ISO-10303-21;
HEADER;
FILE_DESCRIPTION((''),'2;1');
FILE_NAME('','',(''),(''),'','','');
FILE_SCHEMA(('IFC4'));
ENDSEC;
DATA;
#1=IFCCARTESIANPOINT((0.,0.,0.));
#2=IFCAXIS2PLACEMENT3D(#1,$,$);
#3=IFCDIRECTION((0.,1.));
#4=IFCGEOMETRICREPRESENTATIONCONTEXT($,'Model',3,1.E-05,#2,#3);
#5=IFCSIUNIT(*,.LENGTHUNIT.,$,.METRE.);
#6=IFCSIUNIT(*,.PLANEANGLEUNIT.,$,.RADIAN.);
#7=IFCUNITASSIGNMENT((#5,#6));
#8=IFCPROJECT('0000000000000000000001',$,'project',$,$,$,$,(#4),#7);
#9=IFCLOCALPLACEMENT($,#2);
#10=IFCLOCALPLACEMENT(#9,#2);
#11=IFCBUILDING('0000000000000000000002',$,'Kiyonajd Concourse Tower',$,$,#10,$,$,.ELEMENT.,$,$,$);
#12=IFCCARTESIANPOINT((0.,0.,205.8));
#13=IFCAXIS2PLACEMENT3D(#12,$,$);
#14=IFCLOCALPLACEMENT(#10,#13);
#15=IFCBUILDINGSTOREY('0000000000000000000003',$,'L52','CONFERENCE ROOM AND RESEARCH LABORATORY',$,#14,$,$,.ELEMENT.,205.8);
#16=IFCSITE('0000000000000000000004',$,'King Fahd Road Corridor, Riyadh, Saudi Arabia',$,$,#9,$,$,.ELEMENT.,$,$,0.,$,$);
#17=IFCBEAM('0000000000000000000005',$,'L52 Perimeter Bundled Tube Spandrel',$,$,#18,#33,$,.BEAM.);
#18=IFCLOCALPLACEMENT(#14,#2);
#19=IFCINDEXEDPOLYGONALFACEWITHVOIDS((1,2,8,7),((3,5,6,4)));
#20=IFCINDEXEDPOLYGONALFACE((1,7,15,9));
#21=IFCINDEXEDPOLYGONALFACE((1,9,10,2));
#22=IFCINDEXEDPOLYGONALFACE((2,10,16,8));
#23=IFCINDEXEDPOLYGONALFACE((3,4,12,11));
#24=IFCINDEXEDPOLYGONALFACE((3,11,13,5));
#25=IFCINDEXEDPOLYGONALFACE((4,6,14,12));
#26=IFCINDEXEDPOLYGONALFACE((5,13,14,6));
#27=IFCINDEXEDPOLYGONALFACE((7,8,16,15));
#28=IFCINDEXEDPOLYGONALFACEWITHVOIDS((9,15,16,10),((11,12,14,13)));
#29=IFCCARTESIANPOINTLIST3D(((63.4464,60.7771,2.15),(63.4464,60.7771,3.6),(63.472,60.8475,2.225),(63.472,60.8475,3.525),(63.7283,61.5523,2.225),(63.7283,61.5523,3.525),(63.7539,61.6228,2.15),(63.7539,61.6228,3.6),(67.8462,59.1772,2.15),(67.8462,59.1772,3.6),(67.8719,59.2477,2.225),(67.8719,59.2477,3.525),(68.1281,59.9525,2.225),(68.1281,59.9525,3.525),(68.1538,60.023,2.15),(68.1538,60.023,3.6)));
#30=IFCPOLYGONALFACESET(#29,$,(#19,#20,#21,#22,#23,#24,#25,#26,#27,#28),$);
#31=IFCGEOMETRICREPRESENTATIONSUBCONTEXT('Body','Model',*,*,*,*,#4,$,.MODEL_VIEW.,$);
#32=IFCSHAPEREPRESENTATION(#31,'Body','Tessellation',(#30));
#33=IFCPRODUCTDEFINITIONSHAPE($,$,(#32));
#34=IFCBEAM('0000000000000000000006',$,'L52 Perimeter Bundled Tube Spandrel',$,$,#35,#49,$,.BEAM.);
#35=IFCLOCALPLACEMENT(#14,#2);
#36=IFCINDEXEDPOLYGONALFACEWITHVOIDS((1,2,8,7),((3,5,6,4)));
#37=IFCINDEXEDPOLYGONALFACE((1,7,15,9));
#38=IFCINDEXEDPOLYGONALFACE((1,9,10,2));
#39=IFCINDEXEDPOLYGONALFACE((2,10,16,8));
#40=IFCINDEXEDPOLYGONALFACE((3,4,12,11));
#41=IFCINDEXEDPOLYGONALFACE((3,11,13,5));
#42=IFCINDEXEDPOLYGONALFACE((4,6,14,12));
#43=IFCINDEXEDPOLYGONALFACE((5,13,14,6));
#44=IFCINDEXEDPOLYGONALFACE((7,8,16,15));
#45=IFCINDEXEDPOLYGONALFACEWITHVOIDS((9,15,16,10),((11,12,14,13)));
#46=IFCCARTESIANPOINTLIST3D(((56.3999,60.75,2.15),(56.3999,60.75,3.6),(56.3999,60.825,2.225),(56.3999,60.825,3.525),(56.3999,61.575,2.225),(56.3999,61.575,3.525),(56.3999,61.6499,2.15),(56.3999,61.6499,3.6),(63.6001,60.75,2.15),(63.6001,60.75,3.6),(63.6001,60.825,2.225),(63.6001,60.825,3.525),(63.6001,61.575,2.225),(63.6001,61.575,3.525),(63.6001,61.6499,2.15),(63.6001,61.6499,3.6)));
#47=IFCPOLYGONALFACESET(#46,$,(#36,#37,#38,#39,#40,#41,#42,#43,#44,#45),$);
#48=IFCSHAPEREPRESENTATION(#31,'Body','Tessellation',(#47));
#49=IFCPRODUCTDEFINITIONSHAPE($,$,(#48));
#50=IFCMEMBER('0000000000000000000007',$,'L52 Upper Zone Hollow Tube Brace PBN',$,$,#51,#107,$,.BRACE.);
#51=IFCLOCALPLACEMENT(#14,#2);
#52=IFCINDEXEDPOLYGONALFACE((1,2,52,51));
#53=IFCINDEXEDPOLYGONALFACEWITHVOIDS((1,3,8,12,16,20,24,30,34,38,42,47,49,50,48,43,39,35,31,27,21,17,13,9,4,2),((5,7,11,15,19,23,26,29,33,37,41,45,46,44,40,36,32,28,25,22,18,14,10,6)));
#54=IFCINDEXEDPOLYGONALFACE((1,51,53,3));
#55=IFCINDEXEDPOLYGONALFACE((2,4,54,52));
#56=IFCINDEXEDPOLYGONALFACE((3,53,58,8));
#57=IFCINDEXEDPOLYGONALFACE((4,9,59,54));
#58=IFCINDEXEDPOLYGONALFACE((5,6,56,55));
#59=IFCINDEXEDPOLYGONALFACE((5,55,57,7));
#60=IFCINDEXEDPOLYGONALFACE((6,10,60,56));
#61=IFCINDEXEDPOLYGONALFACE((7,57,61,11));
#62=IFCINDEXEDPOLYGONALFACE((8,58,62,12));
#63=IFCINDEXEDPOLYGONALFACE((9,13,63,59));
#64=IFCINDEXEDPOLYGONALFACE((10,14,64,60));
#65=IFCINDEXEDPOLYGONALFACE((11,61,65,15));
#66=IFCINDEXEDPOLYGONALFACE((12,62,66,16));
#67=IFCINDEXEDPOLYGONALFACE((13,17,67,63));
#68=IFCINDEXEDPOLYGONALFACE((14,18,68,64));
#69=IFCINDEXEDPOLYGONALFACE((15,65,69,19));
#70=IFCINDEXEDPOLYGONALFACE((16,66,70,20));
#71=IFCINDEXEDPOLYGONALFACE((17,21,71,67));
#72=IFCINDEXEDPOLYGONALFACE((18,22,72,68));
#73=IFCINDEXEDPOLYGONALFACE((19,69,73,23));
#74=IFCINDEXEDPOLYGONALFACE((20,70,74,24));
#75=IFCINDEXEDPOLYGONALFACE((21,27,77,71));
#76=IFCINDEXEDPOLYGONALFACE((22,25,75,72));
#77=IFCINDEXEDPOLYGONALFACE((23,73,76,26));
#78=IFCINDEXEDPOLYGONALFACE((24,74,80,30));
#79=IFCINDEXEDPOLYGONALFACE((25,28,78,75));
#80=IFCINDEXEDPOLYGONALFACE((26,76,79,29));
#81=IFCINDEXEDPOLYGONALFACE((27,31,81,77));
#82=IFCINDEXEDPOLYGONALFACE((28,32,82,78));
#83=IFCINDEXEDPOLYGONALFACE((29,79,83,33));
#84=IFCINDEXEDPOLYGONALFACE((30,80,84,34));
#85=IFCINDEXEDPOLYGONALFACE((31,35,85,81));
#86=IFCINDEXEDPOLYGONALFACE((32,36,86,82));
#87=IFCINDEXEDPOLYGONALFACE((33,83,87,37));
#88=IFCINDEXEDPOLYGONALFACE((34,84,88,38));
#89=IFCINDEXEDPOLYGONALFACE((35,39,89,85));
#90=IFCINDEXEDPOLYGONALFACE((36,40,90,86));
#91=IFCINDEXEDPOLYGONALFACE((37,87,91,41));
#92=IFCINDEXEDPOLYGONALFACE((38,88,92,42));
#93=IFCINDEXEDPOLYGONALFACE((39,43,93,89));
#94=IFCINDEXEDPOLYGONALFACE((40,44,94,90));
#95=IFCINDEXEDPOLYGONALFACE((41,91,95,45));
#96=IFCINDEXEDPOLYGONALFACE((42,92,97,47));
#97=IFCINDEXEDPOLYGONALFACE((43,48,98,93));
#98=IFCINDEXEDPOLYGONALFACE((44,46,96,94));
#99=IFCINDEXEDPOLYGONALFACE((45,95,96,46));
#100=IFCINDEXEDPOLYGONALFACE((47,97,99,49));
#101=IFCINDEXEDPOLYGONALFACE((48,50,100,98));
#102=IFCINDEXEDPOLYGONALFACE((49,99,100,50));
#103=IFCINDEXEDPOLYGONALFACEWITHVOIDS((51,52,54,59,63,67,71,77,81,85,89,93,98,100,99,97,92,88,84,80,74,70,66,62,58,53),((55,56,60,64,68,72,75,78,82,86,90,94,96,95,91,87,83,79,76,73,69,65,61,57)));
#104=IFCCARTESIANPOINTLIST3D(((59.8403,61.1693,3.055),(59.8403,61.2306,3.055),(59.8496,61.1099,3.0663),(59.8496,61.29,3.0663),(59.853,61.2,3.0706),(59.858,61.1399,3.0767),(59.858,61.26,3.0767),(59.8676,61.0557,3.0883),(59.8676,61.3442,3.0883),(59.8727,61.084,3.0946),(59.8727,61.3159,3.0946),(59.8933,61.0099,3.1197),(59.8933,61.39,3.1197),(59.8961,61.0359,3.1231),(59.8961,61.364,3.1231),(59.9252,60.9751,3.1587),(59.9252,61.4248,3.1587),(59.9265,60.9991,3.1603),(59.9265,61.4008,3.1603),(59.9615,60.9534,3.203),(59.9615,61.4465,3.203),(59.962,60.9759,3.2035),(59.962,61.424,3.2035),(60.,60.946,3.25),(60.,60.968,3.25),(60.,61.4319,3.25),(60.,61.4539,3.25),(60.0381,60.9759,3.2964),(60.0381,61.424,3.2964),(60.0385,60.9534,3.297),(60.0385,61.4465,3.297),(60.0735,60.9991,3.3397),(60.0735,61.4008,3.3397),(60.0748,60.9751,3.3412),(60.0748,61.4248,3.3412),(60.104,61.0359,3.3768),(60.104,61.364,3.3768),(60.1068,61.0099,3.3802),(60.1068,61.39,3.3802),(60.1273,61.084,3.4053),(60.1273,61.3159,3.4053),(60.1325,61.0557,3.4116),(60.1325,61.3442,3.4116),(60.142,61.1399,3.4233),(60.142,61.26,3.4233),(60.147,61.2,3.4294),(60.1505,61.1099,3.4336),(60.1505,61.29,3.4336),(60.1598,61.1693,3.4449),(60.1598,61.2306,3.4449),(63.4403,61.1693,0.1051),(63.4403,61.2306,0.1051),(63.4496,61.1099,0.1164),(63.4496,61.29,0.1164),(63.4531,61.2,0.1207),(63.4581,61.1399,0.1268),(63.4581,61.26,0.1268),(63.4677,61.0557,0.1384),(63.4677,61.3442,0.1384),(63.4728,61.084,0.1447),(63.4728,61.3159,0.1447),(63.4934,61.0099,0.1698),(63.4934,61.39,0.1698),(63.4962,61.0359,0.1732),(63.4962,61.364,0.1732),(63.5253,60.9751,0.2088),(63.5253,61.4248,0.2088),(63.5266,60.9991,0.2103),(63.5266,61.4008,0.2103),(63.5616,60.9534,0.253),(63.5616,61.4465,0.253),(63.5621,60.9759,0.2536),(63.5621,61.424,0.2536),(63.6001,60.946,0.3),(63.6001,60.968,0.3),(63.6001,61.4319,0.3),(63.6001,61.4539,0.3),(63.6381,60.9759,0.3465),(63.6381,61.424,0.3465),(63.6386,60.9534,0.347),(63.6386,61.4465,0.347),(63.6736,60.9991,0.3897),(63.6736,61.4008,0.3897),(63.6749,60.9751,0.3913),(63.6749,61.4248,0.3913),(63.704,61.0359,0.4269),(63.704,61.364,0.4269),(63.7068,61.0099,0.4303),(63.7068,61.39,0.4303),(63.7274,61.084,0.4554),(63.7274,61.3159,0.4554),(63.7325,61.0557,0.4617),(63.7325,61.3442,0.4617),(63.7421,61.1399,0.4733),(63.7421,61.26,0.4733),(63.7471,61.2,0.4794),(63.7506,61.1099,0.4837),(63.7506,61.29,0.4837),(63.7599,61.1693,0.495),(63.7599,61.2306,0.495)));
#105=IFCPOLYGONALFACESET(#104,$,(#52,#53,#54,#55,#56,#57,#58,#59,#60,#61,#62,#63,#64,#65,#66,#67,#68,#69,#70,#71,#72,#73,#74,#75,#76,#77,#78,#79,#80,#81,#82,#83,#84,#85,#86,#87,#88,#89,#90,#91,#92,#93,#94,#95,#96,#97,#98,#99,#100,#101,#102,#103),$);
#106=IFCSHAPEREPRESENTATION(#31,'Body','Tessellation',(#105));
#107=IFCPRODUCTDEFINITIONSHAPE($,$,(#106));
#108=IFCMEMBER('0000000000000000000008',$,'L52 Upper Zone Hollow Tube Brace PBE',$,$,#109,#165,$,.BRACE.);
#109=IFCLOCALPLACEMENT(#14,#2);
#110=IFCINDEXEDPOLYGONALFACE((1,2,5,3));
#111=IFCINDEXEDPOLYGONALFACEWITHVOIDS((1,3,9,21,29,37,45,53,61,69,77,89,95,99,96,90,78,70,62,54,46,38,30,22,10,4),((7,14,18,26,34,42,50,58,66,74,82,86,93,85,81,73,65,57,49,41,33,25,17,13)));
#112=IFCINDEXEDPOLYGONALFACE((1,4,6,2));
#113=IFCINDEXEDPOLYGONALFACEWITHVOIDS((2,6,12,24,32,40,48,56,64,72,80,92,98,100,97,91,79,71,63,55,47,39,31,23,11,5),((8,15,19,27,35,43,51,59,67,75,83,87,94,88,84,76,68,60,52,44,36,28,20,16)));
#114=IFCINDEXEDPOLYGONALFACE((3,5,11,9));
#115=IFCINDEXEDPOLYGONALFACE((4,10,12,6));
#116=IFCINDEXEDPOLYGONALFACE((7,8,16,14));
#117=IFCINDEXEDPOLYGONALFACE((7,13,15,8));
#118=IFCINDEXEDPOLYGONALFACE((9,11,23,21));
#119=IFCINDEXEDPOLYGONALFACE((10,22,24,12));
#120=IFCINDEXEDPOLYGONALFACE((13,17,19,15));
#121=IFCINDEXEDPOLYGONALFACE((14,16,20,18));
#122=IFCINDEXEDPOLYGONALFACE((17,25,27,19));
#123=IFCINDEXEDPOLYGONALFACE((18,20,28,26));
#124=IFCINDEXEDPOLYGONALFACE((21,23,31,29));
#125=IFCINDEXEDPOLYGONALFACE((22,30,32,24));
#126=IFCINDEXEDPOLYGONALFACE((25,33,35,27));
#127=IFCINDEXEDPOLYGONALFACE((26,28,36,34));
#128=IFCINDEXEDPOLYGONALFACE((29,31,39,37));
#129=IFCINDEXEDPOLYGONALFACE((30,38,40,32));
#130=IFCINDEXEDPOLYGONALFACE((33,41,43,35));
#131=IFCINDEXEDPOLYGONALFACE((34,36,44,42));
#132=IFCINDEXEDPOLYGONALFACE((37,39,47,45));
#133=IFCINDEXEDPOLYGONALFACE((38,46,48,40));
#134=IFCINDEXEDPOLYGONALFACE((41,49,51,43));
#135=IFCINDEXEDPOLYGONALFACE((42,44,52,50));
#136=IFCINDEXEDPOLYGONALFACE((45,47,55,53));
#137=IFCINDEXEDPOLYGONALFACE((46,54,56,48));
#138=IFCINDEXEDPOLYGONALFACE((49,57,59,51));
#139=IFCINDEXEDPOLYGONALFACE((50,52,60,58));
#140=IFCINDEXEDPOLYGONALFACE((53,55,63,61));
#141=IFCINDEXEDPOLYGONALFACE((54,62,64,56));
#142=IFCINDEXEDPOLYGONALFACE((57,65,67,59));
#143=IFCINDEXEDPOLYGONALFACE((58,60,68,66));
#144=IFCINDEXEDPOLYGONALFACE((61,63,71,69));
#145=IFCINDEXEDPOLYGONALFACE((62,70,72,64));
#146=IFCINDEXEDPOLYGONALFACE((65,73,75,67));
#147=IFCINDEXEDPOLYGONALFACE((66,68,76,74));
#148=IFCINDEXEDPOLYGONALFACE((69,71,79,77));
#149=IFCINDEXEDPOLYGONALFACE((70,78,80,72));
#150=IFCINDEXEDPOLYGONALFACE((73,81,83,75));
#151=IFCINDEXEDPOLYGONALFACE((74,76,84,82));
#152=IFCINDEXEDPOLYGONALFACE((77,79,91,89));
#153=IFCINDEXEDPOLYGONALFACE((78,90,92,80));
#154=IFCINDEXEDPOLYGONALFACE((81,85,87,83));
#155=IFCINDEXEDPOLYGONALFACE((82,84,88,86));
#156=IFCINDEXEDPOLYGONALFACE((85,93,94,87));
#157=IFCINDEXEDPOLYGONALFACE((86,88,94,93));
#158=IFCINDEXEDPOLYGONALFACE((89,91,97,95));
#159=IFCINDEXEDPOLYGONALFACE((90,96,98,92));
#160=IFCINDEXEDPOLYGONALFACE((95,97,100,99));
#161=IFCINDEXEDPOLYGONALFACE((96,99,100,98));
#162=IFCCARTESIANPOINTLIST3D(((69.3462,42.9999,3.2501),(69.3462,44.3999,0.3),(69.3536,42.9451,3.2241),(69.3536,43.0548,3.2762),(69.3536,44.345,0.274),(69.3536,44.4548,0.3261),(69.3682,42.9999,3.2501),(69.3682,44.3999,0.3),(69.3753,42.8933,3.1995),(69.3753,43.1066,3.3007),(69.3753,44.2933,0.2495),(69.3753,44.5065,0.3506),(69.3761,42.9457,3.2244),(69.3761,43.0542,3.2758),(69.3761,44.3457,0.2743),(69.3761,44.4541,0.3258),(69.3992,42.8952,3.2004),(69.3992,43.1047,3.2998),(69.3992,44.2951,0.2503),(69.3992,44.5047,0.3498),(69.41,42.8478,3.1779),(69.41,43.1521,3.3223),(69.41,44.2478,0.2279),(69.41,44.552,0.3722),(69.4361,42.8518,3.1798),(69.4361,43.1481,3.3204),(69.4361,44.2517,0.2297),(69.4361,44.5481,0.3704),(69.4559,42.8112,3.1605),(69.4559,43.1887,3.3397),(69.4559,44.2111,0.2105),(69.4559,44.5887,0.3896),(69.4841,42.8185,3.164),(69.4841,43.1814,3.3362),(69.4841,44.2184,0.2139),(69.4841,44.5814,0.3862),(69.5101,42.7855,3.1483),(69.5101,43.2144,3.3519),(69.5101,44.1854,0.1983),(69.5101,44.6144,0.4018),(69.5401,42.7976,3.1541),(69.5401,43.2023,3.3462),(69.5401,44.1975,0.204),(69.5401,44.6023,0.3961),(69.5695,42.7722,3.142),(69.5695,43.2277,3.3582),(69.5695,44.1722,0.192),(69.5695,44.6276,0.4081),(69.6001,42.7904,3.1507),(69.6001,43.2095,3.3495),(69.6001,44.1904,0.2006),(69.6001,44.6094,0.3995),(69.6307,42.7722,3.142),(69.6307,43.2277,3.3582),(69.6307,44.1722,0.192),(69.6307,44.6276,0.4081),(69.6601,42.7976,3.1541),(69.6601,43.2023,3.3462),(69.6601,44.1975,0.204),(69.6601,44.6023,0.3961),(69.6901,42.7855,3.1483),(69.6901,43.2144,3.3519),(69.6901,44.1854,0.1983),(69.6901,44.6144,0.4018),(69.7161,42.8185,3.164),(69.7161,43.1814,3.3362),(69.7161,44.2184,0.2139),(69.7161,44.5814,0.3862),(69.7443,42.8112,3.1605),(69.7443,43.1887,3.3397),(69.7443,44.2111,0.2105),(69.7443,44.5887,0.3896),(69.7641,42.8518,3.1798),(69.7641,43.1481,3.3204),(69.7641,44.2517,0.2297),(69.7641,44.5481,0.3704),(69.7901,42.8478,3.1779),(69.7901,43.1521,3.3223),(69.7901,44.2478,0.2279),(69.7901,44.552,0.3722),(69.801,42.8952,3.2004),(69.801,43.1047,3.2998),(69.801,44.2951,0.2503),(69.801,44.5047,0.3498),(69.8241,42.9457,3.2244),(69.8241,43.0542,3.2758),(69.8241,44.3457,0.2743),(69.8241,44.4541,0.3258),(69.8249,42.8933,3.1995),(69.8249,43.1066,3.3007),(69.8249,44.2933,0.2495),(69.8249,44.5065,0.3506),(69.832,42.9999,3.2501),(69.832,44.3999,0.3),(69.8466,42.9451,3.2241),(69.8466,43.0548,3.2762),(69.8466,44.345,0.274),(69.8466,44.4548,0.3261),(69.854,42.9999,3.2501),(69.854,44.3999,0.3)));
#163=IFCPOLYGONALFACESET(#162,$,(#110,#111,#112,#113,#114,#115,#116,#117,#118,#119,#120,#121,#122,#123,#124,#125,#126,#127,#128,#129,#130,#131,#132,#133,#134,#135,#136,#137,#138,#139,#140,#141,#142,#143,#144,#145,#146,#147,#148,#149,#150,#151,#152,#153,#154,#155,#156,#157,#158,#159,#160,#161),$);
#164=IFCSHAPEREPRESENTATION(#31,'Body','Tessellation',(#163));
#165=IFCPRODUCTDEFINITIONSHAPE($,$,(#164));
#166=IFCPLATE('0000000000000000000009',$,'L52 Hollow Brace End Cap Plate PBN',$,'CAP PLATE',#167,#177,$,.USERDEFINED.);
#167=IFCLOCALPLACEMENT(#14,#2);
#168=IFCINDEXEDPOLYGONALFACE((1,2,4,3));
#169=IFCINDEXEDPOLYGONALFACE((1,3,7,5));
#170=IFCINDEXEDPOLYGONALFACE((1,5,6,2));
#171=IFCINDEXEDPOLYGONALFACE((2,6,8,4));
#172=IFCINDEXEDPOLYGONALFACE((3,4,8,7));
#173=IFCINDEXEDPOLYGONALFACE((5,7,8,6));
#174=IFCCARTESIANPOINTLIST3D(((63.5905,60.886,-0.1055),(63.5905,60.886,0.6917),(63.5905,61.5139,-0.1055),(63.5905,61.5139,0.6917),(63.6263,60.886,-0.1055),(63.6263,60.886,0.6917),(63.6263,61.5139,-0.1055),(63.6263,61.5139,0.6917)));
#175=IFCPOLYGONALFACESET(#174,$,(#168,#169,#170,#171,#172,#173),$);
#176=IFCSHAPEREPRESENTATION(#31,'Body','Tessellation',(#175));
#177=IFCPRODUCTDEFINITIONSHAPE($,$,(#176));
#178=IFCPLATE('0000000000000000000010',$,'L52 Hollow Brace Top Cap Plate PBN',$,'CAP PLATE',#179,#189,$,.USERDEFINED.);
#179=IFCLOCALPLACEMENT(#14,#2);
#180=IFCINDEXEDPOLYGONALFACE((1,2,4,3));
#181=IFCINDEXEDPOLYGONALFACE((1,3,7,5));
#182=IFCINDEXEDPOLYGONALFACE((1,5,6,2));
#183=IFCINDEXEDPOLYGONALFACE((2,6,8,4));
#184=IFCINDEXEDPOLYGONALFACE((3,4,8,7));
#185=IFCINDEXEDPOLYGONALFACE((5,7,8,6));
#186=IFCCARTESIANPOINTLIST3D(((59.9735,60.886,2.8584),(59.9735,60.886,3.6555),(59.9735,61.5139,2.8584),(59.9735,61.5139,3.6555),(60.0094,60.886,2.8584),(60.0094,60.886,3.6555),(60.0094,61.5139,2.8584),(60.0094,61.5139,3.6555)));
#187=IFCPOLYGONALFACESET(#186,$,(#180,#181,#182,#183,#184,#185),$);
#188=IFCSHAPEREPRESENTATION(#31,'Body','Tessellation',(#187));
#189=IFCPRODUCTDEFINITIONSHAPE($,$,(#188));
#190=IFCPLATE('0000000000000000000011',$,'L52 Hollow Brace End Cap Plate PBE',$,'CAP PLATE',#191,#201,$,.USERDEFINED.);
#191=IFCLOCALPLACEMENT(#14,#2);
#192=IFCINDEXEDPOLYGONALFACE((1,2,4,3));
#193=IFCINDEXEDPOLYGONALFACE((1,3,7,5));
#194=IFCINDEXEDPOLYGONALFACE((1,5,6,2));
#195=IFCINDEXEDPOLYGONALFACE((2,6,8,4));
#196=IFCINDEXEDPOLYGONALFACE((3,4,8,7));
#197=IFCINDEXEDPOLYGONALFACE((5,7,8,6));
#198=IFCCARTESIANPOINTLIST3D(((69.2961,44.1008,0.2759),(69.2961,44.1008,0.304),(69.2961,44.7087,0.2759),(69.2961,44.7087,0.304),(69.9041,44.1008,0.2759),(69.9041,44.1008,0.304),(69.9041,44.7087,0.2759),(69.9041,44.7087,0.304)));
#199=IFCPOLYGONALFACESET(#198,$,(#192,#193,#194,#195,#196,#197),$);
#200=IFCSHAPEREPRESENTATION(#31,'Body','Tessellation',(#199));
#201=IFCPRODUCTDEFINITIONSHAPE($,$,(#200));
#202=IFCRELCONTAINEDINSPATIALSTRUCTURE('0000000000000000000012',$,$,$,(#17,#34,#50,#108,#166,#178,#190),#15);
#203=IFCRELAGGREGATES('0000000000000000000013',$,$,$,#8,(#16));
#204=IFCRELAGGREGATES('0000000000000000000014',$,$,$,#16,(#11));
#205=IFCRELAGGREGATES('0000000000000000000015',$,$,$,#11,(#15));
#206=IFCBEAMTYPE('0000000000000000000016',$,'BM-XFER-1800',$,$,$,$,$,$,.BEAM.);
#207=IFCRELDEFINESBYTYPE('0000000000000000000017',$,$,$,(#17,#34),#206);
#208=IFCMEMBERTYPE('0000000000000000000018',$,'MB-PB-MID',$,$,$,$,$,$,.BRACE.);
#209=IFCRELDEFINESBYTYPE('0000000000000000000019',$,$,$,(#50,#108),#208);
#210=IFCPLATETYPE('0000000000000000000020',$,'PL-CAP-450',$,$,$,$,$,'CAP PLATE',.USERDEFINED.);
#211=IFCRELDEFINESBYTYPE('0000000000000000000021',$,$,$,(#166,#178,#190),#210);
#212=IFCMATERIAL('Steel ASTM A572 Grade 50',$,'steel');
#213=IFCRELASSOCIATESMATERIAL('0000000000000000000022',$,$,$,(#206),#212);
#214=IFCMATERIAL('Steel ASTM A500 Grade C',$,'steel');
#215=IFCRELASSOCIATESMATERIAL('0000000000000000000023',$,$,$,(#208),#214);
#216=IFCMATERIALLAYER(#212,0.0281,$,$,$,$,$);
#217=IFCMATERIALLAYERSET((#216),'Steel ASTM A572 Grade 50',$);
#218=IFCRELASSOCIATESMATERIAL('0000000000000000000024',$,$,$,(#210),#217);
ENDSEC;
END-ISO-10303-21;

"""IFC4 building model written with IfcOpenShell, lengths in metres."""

from ifc_helpers import new_model, si_unit, direction, frame, origin, origin_2d, place, context, subcontext, project, spatial, rectangle, hollow_rectangle, hollow_circle, extrude, material, layer, layer_set, material_profile, profile_set, type_object, element, save


model = new_model("IFC4")

# Units and contexts
model_context = context("Model", 3, precision=1e-05, world=origin(), true_north=direction((0.0, 1.0)))
body_context = subcontext(model_context, "Body", "Model", "MODEL_VIEW")
ifc_project = project(units=[si_unit("LENGTHUNIT", "METRE"), si_unit("PLANEANGLEUNIT", "RADIAN")], contexts=[model_context])

# Site, building, storey
site_placement = place(None, origin())
site = spatial("IfcSite", under=ifc_project, at=site_placement, Name="King Fahd Road Corridor, Riyadh, Saudi Arabia", CompositionType="ELEMENT", RefElevation=0.0)
building_placement = place(site_placement, origin())
building = spatial("IfcBuilding", under=site, at=building_placement, Name="Kiyonajd Concourse Tower", CompositionType="ELEMENT")
storey_placement = place(building_placement, frame((0.0, 0.0, 205.8)))
storey = spatial("IfcBuildingStorey", under=building, at=storey_placement, Name="L52", Description="CONFERENCE ROOM AND RESEARCH LABORATORY", CompositionType="ELEMENT", Elevation=205.8)

# Beams
ifc_material_1 = material(Name="Steel ASTM A572 Grade 50", Category="steel")
ifc_material_profile_1 = material_profile(ifc_material_1, hollow_rectangle(XDim=0.8999, YDim=1.45, WallThickness=0.075, at=origin_2d()), Name="BOX-1450x900x75")
ifc_profile_set_1 = profile_set([ifc_material_profile_1], Name="Steel ASTM A572 Grade 50")
beam_type_1 = type_object("IfcBeamType", Name="BM-XFER-1800", PredefinedType="BEAM", material=ifc_profile_set_1)
beam_1_placement = place(storey_placement, frame((68.0, 59.6001, 2.875), z_axis=(-0.939801, 0.341722, 0.0), x_axis=(-0.341722, -0.939801, 0.0)))
element("IfcBeam", 1, at=beam_1_placement, inside=storey, type_object=beam_type_1, Name="L52 Perimeter Bundled Tube Spandrel", PredefinedType="BEAM", context=body_context, shape_type="SweptSolid", body=[
    extrude(hollow_rectangle(XDim=0.8999, YDim=1.45, WallThickness=0.075, at=origin_2d()), origin(), (0.0, 0.0, 1.0), 4.6816),
])
beam_2_placement = place(storey_placement, frame((63.6001, 61.2, 2.875), z_axis=(-1.0, 0.0, 0.0), x_axis=(0.0, -1.0, 0.0)))
element("IfcBeam", 2, at=beam_2_placement, inside=storey, type_object=beam_type_1, Name="L52 Perimeter Bundled Tube Spandrel", PredefinedType="BEAM", context=body_context, shape_type="SweptSolid", body=[
    extrude(hollow_rectangle(XDim=0.8999, YDim=1.45, WallThickness=0.075, at=origin_2d()), origin(), (0.0, 0.0, 1.0), 7.2002),
])

# Members
ifc_material_2 = material(Name="Steel ASTM A500 Grade C", Category="steel")
ifc_material_profile_2 = material_profile(ifc_material_2, hollow_circle(Radius=0.2539, WallThickness=0.022, at=origin_2d()), Name="CHS-508x22")
ifc_profile_set_2 = profile_set([ifc_material_profile_2], Name="Steel ASTM A500 Grade C")
member_type = type_object("IfcMemberType", Name="MB-PB-MID", PredefinedType="BRACE", material=ifc_profile_set_2)
member_1_placement = place(storey_placement, frame((63.6001, 61.2, 0.3), z_axis=(-0.773492, 0.0, 0.633806), x_axis=(0.0, -1.0, 0.0)))
element("IfcMember", 3, at=member_1_placement, inside=storey, type_object=member_type, Name="L52 Upper Zone Hollow Tube Brace PBN", PredefinedType="BRACE", context=body_context, shape_type="SweptSolid", body=[
    extrude(hollow_circle(Radius=0.2539, WallThickness=0.022, at=origin_2d()), origin(), (0.0, 0.0, 1.0), 4.6543),
])
member_2_placement = place(storey_placement, frame((69.6001, 44.3999, 0.3), z_axis=(0.0, -0.428726, 0.903435), x_axis=(1.0, 0.0, 0.0)))
element("IfcMember", 4, at=member_2_placement, inside=storey, type_object=member_type, Name="L52 Upper Zone Hollow Tube Brace PBE", PredefinedType="BRACE", context=body_context, shape_type="SweptSolid", body=[
    extrude(hollow_circle(Radius=0.2539, WallThickness=0.022, at=origin_2d()), origin(), (0.0, 0.0, 1.0), 3.2654),
])

# Plates
ifc_layer_1 = layer(ifc_material_1, 0.0281)
ifc_layer_set_1 = layer_set([ifc_layer_1], Name="Steel ASTM A572 Grade 50")
plate_type_1 = type_object("IfcPlateType", Name="PL-CAP-450", ElementType="CAP PLATE", PredefinedType="USERDEFINED", material=ifc_layer_set_1)
for number, where, z_axis, x_axis, name in (
    (5, (63.6084, 61.2, -0.1055), (0.0, 0.0, 1.0), (1.0, 0.0, 0.0), "L52 Hollow Brace End Cap Plate PBN"),
    (6, (59.9915, 61.2, 2.8584), (0.0, 0.0, 1.0), (-1.0, 0.0, 0.0), "L52 Hollow Brace Top Cap Plate PBN"),
):
    element("IfcPlate", number, at=place(storey_placement, frame(where, z_axis=z_axis, x_axis=x_axis)), inside=storey, type_object=plate_type_1, Name=name, ObjectType="CAP PLATE", PredefinedType="USERDEFINED", context=body_context, shape_type="SweptSolid", body=[
        extrude(rectangle(XDim=0.0359, YDim=0.6279, at=origin_2d()), origin(), (0.0, 0.0, 1.0), 0.7971),
    ])
plate_1_placement = place(storey_placement, frame((69.6001, 44.4048, 0.2759), z_axis=(0.0, 0.0, 1.0), x_axis=(1.0, 0.0, 0.0)))
element("IfcPlate", 7, at=plate_1_placement, inside=storey, type_object=plate_type_1, Name="L52 Hollow Brace End Cap Plate PBE", ObjectType="CAP PLATE", PredefinedType="USERDEFINED", context=body_context, shape_type="SweptSolid", body=[
    extrude(rectangle(XDim=0.6079, YDim=0.6079, at=origin_2d()), origin(), (0.0, 0.0, 1.0), 0.0281),
])

save(model, "model.ifc")
